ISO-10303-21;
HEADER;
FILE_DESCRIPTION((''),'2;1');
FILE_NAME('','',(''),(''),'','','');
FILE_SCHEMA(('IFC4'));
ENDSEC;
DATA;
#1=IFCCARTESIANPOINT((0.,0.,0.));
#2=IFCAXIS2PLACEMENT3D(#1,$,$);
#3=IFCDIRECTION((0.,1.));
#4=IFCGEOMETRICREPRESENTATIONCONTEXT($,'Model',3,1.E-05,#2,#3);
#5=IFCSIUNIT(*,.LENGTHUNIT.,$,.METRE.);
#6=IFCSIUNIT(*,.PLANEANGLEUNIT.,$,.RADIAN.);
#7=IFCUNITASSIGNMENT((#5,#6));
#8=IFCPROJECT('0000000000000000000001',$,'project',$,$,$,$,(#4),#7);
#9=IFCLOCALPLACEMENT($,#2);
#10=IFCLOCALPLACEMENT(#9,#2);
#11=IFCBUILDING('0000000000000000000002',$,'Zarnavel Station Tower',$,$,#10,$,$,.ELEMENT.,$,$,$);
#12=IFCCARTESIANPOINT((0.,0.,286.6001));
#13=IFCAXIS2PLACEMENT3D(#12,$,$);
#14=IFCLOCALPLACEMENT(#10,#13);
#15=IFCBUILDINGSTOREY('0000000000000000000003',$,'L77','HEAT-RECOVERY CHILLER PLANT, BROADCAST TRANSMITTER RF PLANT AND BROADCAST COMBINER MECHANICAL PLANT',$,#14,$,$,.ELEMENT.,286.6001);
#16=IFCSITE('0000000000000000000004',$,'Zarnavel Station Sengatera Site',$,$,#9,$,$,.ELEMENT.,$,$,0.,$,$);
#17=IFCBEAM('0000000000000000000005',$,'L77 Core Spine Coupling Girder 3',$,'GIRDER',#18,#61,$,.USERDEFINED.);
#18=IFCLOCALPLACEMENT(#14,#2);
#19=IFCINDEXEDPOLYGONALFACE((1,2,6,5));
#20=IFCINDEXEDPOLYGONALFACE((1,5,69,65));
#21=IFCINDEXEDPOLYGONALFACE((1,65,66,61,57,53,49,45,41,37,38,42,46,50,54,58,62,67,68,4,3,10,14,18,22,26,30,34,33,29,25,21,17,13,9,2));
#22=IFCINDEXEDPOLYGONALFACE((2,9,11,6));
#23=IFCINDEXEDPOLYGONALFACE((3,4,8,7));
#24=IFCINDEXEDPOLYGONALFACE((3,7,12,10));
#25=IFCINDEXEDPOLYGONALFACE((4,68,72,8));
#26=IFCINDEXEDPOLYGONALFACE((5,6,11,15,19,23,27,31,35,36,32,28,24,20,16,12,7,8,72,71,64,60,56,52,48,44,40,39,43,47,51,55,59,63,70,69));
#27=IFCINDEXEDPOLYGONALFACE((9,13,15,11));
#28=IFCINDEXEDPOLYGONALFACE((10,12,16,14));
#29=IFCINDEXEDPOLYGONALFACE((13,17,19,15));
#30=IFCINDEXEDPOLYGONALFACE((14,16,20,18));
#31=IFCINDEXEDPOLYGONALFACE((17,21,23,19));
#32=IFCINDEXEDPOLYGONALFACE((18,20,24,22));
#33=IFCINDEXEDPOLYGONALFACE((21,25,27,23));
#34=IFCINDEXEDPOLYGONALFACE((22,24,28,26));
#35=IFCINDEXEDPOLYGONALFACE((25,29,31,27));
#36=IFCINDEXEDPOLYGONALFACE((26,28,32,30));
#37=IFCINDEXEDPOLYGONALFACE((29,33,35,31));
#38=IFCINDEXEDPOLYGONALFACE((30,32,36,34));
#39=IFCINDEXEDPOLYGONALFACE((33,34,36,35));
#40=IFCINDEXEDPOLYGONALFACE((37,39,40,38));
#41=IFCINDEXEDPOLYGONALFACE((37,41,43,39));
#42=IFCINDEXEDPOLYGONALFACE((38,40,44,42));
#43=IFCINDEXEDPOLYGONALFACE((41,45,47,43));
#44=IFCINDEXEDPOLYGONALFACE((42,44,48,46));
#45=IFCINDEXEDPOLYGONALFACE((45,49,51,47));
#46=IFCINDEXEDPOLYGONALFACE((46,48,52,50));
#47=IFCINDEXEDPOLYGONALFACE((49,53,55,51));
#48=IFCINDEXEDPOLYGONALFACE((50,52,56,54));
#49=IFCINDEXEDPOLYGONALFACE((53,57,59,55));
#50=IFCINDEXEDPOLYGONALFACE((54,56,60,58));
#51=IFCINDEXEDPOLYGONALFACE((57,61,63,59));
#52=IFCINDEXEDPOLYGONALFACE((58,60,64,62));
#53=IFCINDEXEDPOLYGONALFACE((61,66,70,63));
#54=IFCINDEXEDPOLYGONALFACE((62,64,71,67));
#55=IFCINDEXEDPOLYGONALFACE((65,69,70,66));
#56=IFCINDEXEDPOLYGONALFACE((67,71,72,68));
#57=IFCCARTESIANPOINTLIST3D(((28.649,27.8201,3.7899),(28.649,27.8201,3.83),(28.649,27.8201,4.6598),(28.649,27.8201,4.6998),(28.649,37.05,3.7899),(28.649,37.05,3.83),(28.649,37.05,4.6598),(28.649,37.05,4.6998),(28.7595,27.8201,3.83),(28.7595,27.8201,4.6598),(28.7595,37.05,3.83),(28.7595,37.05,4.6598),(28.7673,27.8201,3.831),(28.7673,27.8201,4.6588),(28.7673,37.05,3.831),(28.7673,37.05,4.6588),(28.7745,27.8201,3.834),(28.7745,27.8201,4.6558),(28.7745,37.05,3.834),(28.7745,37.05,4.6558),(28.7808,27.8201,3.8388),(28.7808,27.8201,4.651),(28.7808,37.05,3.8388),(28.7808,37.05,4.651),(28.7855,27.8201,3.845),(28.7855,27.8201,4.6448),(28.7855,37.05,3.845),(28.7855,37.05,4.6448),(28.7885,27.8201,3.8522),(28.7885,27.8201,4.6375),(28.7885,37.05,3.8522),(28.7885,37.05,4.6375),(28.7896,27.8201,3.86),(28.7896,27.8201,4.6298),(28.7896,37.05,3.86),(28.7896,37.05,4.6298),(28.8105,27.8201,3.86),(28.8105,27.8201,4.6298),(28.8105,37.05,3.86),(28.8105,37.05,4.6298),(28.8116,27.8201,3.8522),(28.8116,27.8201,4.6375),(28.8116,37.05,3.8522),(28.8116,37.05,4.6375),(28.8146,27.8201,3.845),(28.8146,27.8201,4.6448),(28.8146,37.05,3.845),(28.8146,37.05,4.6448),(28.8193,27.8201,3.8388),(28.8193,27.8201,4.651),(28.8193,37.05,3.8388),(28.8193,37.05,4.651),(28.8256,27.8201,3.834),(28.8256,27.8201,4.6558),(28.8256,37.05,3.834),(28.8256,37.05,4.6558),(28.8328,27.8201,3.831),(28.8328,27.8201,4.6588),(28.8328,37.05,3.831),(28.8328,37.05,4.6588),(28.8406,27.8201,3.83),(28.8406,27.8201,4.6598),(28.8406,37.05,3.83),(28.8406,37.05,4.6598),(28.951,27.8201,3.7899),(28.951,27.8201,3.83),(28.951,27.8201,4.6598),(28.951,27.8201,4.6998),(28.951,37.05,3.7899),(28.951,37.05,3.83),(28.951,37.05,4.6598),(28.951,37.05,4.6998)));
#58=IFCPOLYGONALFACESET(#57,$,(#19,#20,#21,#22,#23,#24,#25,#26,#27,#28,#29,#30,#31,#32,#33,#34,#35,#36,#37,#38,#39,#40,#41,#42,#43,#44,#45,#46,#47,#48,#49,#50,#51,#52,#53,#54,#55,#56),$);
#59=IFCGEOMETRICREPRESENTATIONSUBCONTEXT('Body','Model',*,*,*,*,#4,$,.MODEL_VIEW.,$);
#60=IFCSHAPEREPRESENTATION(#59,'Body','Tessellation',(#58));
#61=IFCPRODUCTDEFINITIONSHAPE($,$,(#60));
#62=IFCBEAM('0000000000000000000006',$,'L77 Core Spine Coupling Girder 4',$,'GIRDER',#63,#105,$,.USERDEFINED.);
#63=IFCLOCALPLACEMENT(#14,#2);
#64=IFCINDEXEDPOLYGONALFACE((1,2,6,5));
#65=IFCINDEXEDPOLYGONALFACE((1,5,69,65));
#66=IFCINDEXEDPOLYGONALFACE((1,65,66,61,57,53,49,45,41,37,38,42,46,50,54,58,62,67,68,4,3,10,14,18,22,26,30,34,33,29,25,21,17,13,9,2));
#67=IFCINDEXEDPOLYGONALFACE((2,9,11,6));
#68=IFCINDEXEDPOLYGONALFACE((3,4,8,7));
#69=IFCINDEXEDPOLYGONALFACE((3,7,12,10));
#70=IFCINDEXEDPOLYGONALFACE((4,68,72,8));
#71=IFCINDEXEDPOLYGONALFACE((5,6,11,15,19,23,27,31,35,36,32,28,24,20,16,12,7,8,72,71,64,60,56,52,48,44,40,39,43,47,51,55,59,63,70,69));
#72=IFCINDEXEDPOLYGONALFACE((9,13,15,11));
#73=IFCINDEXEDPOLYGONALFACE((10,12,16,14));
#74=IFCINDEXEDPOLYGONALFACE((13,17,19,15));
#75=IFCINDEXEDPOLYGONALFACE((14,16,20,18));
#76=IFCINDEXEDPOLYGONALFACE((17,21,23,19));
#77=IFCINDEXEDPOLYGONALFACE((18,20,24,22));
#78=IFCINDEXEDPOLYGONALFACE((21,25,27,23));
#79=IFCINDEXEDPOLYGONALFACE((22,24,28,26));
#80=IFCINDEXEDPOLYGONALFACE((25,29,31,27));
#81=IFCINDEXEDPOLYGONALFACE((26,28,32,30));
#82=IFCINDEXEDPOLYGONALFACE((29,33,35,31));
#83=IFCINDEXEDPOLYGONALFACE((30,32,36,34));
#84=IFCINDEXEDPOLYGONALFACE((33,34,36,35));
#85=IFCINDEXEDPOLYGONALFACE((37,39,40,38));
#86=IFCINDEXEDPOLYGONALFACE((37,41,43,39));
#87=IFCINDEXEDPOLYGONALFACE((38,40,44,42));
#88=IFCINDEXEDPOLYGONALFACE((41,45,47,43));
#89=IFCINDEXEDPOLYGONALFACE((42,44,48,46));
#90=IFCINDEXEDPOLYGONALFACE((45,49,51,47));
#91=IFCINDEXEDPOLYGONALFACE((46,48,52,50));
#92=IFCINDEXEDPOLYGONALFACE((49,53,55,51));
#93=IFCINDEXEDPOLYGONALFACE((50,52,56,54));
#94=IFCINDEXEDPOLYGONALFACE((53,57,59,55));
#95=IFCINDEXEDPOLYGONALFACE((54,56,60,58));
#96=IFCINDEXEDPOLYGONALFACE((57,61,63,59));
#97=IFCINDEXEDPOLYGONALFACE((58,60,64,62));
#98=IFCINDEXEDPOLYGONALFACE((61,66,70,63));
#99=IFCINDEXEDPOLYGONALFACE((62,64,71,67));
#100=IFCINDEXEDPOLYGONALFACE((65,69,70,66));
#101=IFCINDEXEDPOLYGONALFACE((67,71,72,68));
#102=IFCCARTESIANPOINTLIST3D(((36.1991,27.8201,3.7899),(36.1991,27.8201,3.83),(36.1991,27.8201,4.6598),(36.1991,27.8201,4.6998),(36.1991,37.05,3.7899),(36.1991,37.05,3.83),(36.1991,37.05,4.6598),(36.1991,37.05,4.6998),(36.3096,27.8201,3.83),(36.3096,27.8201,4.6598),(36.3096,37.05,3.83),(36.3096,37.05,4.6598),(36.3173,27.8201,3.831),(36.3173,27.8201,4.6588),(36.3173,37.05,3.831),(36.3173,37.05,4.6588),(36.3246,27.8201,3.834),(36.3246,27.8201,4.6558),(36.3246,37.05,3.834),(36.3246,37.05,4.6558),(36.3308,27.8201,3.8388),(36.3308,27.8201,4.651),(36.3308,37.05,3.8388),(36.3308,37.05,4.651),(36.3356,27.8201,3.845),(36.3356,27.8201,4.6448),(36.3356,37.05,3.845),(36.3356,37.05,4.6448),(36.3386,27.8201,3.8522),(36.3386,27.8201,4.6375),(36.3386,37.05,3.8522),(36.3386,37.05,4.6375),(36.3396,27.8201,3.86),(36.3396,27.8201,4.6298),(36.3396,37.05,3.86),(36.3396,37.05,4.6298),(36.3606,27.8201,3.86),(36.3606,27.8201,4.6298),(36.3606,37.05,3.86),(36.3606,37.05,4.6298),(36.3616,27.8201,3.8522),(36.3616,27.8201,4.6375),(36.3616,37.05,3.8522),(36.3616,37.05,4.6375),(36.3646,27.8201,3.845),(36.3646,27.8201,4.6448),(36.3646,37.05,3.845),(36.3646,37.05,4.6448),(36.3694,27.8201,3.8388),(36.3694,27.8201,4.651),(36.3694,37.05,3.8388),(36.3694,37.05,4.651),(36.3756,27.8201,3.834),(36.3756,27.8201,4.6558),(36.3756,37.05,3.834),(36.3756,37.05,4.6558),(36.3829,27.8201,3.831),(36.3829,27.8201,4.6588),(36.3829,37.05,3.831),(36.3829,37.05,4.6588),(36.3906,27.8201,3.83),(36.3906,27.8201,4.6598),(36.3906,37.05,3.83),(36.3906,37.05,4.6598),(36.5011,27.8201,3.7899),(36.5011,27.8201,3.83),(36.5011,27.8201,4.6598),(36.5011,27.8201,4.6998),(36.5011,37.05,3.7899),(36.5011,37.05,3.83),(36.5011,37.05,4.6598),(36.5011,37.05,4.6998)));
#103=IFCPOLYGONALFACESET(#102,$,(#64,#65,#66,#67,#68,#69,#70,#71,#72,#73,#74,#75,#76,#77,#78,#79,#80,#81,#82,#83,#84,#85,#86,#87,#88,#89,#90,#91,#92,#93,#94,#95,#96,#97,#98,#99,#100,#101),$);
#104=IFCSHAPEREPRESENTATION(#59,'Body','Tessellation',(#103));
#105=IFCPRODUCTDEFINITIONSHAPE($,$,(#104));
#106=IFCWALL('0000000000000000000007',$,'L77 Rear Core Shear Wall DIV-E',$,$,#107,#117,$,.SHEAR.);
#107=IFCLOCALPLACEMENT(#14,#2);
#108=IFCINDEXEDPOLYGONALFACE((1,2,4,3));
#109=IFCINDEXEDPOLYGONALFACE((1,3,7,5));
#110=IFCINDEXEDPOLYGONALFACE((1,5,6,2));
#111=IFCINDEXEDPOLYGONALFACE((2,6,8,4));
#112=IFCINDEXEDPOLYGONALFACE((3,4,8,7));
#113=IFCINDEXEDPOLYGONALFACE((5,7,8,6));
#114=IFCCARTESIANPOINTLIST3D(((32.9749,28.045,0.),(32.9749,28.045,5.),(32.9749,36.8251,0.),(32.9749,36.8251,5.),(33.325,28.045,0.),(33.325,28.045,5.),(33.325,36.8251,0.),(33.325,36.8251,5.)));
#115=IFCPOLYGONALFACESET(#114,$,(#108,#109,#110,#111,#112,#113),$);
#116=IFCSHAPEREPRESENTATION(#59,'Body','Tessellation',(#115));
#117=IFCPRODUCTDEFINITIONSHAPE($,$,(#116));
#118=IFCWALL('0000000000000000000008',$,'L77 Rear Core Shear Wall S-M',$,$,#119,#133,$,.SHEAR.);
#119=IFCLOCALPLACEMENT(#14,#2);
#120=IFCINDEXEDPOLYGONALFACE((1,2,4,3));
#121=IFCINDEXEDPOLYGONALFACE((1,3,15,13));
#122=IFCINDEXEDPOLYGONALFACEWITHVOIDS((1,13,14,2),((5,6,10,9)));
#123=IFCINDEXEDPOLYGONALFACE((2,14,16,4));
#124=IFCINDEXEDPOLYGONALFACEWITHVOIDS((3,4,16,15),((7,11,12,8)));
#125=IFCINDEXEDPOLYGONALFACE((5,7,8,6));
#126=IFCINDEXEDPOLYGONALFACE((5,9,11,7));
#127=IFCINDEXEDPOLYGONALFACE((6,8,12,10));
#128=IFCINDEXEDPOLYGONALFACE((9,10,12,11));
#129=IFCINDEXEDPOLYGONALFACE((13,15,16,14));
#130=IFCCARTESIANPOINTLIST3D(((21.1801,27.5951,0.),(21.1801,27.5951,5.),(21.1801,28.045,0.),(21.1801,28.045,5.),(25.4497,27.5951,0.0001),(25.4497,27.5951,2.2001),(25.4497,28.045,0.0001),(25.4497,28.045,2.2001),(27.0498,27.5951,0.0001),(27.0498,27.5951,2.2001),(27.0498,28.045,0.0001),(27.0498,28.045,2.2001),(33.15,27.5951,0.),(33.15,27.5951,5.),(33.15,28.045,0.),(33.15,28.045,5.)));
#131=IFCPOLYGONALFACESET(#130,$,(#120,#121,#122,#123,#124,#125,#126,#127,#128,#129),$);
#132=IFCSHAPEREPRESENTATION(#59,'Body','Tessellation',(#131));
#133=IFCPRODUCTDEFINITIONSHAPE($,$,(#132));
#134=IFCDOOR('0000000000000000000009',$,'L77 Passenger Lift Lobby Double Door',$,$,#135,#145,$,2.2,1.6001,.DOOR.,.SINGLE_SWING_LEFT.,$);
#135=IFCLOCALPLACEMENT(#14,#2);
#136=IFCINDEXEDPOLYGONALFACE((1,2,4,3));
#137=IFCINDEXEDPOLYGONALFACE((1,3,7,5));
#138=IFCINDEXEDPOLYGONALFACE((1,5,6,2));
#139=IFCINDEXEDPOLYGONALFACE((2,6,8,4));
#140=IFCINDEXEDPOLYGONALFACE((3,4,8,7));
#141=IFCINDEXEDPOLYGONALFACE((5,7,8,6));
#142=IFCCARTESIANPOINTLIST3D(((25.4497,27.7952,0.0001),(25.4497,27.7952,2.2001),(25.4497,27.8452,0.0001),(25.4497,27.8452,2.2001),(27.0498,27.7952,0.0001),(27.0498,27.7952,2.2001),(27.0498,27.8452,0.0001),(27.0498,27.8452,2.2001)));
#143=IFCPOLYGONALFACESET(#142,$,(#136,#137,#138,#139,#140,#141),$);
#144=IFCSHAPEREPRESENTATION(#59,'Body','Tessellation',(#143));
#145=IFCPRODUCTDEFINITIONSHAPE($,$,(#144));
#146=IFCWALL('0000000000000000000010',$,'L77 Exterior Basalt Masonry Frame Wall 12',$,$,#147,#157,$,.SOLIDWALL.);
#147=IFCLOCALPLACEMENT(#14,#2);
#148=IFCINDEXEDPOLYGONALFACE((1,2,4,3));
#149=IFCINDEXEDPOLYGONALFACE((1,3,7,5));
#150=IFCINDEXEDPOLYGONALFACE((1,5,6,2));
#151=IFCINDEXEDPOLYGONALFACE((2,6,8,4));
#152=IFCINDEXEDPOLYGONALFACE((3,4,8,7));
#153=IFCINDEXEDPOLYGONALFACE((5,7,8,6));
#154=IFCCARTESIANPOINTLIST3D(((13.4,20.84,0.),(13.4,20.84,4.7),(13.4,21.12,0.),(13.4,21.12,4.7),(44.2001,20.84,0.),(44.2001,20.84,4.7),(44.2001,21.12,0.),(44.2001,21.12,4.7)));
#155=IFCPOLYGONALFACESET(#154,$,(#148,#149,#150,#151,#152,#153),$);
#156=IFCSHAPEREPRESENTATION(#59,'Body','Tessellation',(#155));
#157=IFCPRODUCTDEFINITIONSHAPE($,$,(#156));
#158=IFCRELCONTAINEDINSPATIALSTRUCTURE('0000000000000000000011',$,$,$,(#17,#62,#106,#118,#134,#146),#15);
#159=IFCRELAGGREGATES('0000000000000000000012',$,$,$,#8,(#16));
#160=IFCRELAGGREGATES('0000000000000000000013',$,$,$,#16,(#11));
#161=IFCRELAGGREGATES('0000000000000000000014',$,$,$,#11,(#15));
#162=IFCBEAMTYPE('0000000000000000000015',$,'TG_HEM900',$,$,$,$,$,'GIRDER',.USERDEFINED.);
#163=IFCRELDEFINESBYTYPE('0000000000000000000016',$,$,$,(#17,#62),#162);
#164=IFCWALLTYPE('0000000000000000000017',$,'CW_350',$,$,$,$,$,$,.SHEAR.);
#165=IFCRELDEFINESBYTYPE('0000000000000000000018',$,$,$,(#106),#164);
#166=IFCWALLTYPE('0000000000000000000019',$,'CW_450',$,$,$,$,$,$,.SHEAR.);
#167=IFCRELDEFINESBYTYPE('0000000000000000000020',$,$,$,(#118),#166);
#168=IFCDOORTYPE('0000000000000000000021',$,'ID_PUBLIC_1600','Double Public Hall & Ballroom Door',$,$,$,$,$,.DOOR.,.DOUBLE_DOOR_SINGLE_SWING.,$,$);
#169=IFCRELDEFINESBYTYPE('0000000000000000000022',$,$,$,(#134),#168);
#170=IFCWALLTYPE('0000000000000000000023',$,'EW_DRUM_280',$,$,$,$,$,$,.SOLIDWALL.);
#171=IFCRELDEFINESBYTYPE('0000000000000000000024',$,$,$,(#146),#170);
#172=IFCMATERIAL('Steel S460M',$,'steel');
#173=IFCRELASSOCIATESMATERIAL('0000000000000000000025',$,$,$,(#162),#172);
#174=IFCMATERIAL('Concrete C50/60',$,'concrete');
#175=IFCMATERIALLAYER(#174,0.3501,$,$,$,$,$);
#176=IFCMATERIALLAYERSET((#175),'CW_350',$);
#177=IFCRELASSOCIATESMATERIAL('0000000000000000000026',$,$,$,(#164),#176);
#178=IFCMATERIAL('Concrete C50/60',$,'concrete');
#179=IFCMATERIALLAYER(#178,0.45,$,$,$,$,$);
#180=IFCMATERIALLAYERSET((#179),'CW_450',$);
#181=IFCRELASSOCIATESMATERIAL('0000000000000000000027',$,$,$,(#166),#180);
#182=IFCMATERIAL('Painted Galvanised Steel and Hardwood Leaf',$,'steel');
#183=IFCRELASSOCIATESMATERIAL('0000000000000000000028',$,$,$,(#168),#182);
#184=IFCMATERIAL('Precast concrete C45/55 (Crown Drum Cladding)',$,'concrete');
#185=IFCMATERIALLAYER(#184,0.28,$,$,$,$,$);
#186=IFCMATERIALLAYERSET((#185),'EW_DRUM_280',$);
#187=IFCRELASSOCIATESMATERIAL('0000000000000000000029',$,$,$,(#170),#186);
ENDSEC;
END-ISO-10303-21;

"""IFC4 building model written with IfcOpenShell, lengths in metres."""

from ifc_helpers import new_model, si_unit, direction, frame, frame_2d, origin, origin_2d, place, context, subcontext, project, spatial, rectangle, i_section, extrude, material, layer, layer_set, material_profile, profile_set, type_object, element, fill, save


model = new_model("IFC4")

# Units and contexts
model_context = context("Model", 3, precision=1e-05, world=origin(), true_north=direction((0.0, 1.0)))
body_context = subcontext(model_context, "Body", "Model", "MODEL_VIEW")
ifc_project = project(units=[si_unit("LENGTHUNIT", "METRE"), si_unit("PLANEANGLEUNIT", "RADIAN")], contexts=[model_context])

# Site, building, storey
site_placement = place(None, origin())
site = spatial("IfcSite", under=ifc_project, at=site_placement, Name="Zarnavel Station Sengatera Site", CompositionType="ELEMENT", RefElevation=0.0)
building_placement = place(site_placement, origin())
building = spatial("IfcBuilding", under=site, at=building_placement, Name="Zarnavel Station Tower", CompositionType="ELEMENT")
storey_placement = place(building_placement, frame((0.0, 0.0, 286.6001)))
storey = spatial("IfcBuildingStorey", under=building, at=storey_placement, Name="L77", Description="HEAT-RECOVERY CHILLER PLANT, BROADCAST TRANSMITTER RF PLANT AND BROADCAST COMBINER MECHANICAL PLANT", CompositionType="ELEMENT", Elevation=286.6001)

# Beams
ifc_material_1 = material(Name="Steel S460M", Category="steel")
ifc_material_profile_1 = material_profile(ifc_material_1, i_section(OverallWidth=0.302, OverallDepth=0.9099, WebThickness=0.021, FlangeThickness=0.04, FilletRadius=0.03, at=origin_2d()), Name="HEM900")
ifc_profile_set_1 = profile_set([ifc_material_profile_1], Name="Steel S460M")
beam_type_1 = type_object("IfcBeamType", Name="TG_HEM900", ElementType="GIRDER", PredefinedType="USERDEFINED", material=ifc_profile_set_1)
for number, where, z_axis, x_axis, name in (
    (1, (28.8, 27.8201, 4.2449), (0.0, 1.0, 0.0), (-1.0, 0.0, 0.0), "L77 Core Spine Coupling Girder 3"),
    (2, (36.3501, 27.8201, 4.2449), (0.0, 1.0, 0.0), (-1.0, 0.0, 0.0), "L77 Core Spine Coupling Girder 4"),
):
    element("IfcBeam", number, at=place(storey_placement, frame(where, z_axis=z_axis, x_axis=x_axis)), inside=storey, type_object=beam_type_1, Name=name, ObjectType="GIRDER", PredefinedType="USERDEFINED", context=body_context, shape_type="SweptSolid", body=[
        extrude(i_section(OverallWidth=0.302, OverallDepth=0.9099, WebThickness=0.021, FlangeThickness=0.04, FilletRadius=0.03, at=origin_2d()), origin(), (0.0, 0.0, 1.0), 9.23),
    ])

# Wall
ifc_material_2 = material(Name="Concrete C50/60", Category="concrete")
ifc_layer_1 = layer(ifc_material_2, 0.3501)
ifc_layer_set_1 = layer_set([ifc_layer_1], Name="CW_350")
wall_type_1 = type_object("IfcWallType", Name="CW_350", PredefinedType="SHEAR", material=ifc_layer_set_1)
wall_1_placement = place(storey_placement, frame((33.1499, 28.0449, 0.0), z_axis=(0.0, 0.0, 1.0), x_axis=(0.0, 1.0, 0.0)))
element("IfcWall", 3, at=wall_1_placement, inside=storey, type_object=wall_type_1, Name="L77 Rear Core Shear Wall DIV-E", PredefinedType="SHEAR", context=body_context, shape_type="SweptSolid", body=[
    extrude(rectangle(XDim=8.78, YDim=0.3501, at=frame_2d((4.3901, 0.0))), origin(), (0.0, 0.0, 1.0), 5.0),
])

# Wall, opening, door
ifc_material_3 = material(Name="Concrete C50/60", Category="concrete")
ifc_layer_2 = layer(ifc_material_3, 0.45)
ifc_layer_set_2 = layer_set([ifc_layer_2], Name="CW_450")
wall_type_2 = type_object("IfcWallType", Name="CW_450", PredefinedType="SHEAR", material=ifc_layer_set_2)
wall_2_placement = place(storey_placement, frame((33.1499, 27.8201, 0.0), z_axis=(0.0, 0.0, 1.0), x_axis=(-1.0, 0.0, 0.0)))
wall_2 = element("IfcWall", 4, at=wall_2_placement, inside=storey, type_object=wall_type_2, Name="L77 Rear Core Shear Wall S-M", PredefinedType="SHEAR", context=body_context, shape_type="SweptSolid", body=[
    extrude(rectangle(XDim=11.97, YDim=0.45, at=frame_2d((5.9849, 0.0))), origin(), (0.0, 0.0, 1.0), 5.0),
])
opening_1_placement = place(wall_2_placement, frame((6.1001, 0.0, 0.0)))
opening_1 = element("IfcOpeningElement", 5, at=opening_1_placement, cuts=wall_2, PredefinedType="OPENING", context=body_context, shape_type="SweptSolid", body=[
    extrude(rectangle(XDim=1.6001, YDim=2.2, at=frame_2d((0.8, 1.1001))), frame((0.0, 0.2349, 0.0), z_axis=(0.0, -1.0, 0.0), x_axis=(1.0, 0.0, 0.0)), (0.0, 0.0, 1.0), 0.47),
])
ifc_material_4 = material(Name="Painted Galvanised Steel and Hardwood Leaf", Category="steel")
door_type_1 = type_object("IfcDoorType", Name="ID_PUBLIC_1600", Description="Double Public Hall & Ballroom Door", OperationType="DOUBLE_DOOR_SINGLE_SWING", PredefinedType="DOOR", material=ifc_material_4)
door_1_placement = place(opening_1_placement, origin())
door_1 = element("IfcDoor", 6, at=door_1_placement, inside=storey, type_object=door_type_1, Name="L77 Passenger Lift Lobby Double Door", OperationType="SINGLE_SWING_LEFT", OverallHeight=2.2, OverallWidth=1.6001, PredefinedType="DOOR", context=body_context, shape_type="SweptSolid", body=[
    extrude(rectangle(XDim=1.6001, YDim=2.2, at=frame_2d((0.8, 1.1001))), frame((0.0, 0.0249, 0.0), z_axis=(0.0, -1.0, 0.0), x_axis=(1.0, 0.0, 0.0)), (0.0, 0.0, 1.0), 0.05),
])
fill(opening_1, door_1)

# Wall
ifc_material_5 = material(Name="Precast concrete C45/55 (Crown Drum Cladding)", Category="concrete")
ifc_layer_3 = layer(ifc_material_5, 0.28)
ifc_layer_set_3 = layer_set([ifc_layer_3], Name="EW_DRUM_280")
wall_type_3 = type_object("IfcWallType", Name="EW_DRUM_280", PredefinedType="SOLIDWALL", material=ifc_layer_set_3)
wall_3_placement = place(storey_placement, frame((44.2, 20.98, 0.0), z_axis=(0.0, 0.0, 1.0), x_axis=(-1.0, 0.0, 0.0)))
element("IfcWall", 7, at=wall_3_placement, inside=storey, type_object=wall_type_3, Name="L77 Exterior Basalt Masonry Frame Wall 12", PredefinedType="SOLIDWALL", context=body_context, shape_type="SweptSolid", body=[
    extrude(rectangle(XDim=30.8, YDim=0.28, at=frame_2d((15.3999, 0.0))), origin(), (0.0, 0.0, 1.0), 4.7),
])

save(model, "model.ifc")
